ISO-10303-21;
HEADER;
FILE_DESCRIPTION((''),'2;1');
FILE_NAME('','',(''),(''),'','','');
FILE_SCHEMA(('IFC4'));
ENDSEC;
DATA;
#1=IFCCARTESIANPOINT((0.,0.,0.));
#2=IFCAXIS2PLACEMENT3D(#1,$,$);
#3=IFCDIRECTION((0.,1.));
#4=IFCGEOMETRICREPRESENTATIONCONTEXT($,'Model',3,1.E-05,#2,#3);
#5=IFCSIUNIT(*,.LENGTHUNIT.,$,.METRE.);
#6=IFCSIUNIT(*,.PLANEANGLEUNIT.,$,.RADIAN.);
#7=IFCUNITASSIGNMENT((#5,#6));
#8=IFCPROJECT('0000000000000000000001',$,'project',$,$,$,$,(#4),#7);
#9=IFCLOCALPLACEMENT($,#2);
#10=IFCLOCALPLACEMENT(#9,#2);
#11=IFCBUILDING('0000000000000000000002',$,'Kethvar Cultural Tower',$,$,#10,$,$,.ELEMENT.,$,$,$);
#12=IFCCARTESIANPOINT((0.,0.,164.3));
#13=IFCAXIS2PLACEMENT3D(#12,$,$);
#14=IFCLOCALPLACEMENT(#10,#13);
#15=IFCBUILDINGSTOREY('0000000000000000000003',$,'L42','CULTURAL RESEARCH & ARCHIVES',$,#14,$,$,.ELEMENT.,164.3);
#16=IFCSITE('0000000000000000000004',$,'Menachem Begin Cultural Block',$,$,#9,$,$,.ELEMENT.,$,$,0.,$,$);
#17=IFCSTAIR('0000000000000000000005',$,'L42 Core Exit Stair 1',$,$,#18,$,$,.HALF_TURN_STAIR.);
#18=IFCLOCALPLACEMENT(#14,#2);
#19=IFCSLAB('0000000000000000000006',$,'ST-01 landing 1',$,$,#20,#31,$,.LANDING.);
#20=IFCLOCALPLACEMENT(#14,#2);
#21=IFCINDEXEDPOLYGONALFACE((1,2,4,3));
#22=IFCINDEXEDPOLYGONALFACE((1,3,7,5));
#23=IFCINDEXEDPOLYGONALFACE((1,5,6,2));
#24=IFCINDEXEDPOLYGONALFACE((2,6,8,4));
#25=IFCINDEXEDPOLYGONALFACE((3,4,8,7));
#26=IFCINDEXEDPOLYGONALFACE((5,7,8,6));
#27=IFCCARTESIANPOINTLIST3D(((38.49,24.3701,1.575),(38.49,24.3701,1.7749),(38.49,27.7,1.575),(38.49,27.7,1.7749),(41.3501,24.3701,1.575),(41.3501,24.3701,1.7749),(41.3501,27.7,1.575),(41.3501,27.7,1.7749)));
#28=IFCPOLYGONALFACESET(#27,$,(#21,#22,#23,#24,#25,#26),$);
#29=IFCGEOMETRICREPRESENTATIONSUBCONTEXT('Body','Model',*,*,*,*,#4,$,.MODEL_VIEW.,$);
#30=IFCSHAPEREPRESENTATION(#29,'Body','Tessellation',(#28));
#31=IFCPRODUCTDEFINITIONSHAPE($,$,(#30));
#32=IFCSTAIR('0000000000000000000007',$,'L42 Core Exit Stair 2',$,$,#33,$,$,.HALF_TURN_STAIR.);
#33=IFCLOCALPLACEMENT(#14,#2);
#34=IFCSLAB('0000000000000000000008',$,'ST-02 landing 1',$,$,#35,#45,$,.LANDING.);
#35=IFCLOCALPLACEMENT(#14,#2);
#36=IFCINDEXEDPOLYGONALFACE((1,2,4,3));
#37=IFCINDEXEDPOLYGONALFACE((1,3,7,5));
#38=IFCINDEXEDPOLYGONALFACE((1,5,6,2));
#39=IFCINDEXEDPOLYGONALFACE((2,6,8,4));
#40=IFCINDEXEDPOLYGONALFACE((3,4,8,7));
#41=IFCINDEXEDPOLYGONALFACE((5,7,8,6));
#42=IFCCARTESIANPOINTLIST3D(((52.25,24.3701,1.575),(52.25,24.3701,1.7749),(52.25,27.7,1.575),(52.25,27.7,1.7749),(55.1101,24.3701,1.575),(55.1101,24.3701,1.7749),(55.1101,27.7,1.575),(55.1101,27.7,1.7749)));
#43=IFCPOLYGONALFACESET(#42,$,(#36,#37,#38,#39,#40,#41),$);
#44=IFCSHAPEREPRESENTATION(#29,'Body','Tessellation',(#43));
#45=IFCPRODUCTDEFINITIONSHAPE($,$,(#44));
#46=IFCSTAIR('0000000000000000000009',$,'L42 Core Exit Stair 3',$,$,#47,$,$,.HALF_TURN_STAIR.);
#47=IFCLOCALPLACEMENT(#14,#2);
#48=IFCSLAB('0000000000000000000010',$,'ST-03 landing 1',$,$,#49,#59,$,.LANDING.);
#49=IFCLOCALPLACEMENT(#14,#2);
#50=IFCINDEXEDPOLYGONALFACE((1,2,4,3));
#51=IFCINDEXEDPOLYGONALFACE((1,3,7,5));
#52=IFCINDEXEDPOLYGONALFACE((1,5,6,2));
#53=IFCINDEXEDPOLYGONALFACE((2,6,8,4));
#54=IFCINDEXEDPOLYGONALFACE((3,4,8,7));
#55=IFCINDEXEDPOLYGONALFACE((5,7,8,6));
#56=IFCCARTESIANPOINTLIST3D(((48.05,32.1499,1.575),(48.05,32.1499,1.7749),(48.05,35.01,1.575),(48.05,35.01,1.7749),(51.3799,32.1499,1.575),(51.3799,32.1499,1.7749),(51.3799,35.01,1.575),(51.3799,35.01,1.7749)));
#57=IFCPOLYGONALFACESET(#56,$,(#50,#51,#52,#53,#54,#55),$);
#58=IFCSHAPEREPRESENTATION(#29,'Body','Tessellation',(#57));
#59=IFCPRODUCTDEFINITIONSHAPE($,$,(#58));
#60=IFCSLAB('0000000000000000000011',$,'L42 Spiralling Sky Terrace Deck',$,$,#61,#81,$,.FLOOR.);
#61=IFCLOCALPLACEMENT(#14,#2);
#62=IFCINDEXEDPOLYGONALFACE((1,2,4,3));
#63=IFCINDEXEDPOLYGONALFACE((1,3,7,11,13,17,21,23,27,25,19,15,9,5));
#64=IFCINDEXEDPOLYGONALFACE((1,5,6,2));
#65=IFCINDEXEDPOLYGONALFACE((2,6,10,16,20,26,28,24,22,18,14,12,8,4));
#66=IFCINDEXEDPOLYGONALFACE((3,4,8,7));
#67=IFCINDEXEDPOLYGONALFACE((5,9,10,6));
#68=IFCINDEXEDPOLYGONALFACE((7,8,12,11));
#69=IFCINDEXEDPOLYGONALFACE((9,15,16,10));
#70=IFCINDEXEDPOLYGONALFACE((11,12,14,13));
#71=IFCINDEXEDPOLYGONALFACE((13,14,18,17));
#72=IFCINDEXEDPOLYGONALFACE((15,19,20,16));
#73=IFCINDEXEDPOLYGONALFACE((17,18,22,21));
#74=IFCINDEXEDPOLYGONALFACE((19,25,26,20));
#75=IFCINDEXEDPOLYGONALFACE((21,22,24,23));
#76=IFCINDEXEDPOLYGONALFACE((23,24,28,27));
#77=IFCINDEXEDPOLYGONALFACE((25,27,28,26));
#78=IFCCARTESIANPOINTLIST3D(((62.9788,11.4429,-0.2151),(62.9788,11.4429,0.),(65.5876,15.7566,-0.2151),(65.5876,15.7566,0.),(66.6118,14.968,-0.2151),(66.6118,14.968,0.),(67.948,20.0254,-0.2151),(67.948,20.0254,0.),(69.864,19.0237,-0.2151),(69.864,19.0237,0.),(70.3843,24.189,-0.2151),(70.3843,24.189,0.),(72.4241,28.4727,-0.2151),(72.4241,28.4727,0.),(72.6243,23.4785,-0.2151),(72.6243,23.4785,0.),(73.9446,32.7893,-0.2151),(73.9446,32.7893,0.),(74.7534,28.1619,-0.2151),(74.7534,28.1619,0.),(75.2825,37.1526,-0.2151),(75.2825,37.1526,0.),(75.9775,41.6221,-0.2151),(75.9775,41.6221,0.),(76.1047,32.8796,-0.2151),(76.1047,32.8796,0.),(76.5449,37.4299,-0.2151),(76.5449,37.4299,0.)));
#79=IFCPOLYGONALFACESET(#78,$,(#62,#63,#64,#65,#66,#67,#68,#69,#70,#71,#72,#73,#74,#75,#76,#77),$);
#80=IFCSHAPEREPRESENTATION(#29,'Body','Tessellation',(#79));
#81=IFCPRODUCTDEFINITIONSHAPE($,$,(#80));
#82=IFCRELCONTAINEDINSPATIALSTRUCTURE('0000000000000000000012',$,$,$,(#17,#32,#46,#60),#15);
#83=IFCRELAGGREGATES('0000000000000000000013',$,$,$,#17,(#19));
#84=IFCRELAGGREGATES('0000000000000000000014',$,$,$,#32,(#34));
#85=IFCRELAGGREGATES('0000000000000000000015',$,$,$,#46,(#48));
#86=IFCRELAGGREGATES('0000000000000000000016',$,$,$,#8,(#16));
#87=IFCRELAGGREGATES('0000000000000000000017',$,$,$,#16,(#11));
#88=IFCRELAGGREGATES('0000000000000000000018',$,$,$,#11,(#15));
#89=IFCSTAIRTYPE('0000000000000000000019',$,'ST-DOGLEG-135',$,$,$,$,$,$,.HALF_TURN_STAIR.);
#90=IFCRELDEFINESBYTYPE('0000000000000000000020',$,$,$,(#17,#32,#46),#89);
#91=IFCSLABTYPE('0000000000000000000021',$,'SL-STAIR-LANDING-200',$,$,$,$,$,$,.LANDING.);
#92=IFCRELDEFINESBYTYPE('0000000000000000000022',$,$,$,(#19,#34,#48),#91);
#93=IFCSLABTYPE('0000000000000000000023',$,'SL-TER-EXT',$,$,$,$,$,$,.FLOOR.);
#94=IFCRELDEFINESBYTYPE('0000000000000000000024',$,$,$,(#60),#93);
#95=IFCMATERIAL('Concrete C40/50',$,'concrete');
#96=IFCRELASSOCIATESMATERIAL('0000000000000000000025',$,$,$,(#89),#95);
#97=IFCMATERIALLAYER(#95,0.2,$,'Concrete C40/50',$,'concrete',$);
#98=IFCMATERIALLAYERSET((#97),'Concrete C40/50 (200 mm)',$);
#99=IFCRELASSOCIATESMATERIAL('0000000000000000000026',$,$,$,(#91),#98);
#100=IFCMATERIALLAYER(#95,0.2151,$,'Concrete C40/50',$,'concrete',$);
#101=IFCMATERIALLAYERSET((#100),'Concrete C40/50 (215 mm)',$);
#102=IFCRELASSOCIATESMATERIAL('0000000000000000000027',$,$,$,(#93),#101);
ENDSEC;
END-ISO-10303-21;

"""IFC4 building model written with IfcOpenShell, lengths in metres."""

from ifc_helpers import new_model, si_unit, direction, frame, origin, place, context, subcontext, project, spatial, polyline, outline, extrude, material, layer, layer_set, type_object, element, aggregate, save


model = new_model("IFC4")

# Units and contexts
model_context = context("Model", 3, precision=1e-05, world=origin(), true_north=direction((0.0, 1.0)))
body_context = subcontext(model_context, "Body", "Model", "MODEL_VIEW")
ifc_project = project(units=[si_unit("LENGTHUNIT", "METRE"), si_unit("PLANEANGLEUNIT", "RADIAN")], contexts=[model_context])

# Site, building, storey
site_placement = place(None, origin())
site = spatial("IfcSite", under=ifc_project, at=site_placement, Name="Menachem Begin Cultural Block", CompositionType="ELEMENT", RefElevation=0.0)
building_placement = place(site_placement, origin())
building = spatial("IfcBuilding", under=site, at=building_placement, Name="Kethvar Cultural Tower", CompositionType="ELEMENT")
storey_placement = place(building_placement, frame((0.0, 0.0, 164.3)))
storey = spatial("IfcBuildingStorey", under=building, at=storey_placement, Name="L42", Description="CULTURAL RESEARCH & ARCHIVES", CompositionType="ELEMENT", Elevation=164.3)

# Stairs, slabs
ifc_material_1 = material(Name="Concrete C40/50", Category="concrete")
stair_type = type_object("IfcStairType", Name="ST-DOGLEG-135", PredefinedType="HALF_TURN_STAIR", material=ifc_material_1)
stair_1_placement = place(storey_placement, origin())
stair_1 = element("IfcStair", 1, at=stair_1_placement, inside=storey, type_object=stair_type, Name="L42 Core Exit Stair 1", PredefinedType="HALF_TURN_STAIR")
ifc_layer_1 = layer(ifc_material_1, 0.2, Name="Concrete C40/50", Category="concrete")
ifc_layer_set_1 = layer_set([ifc_layer_1], Name="Concrete C40/50 (200 mm)")
slab_type_1 = type_object("IfcSlabType", Name="SL-STAIR-LANDING-200", PredefinedType="LANDING", material=ifc_layer_set_1)
slab_1_placement = place(storey_placement, frame((0.0, 0.0, 1.575)))
slab_1 = element("IfcSlab", 2, at=slab_1_placement, type_object=slab_type_1, Name="ST-01 landing 1", PredefinedType="LANDING", context=body_context, shape_type="SweptSolid", body=[
    extrude(outline(polyline([(41.3501, 24.3701), (41.3501, 27.7), (38.49, 27.7), (38.49, 24.3701), (41.3501, 24.3701)])), origin(), (0.0, 0.0, 1.0), 0.2),
])
aggregate(stair_1, [slab_1])
stair_2_placement = place(storey_placement, origin())
stair_2 = element("IfcStair", 3, at=stair_2_placement, inside=storey, type_object=stair_type, Name="L42 Core Exit Stair 2", PredefinedType="HALF_TURN_STAIR")
slab_2_placement = place(storey_placement, frame((0.0, 0.0, 1.575)))
slab_2 = element("IfcSlab", 4, at=slab_2_placement, type_object=slab_type_1, Name="ST-02 landing 1", PredefinedType="LANDING", context=body_context, shape_type="SweptSolid", body=[
    extrude(outline(polyline([(55.1101, 24.3701), (55.1101, 27.7), (52.25, 27.7), (52.25, 24.3701), (55.1101, 24.3701)])), origin(), (0.0, 0.0, 1.0), 0.2),
])
aggregate(stair_2, [slab_2])
stair_3_placement = place(storey_placement, origin())
stair_3 = element("IfcStair", 5, at=stair_3_placement, inside=storey, type_object=stair_type, Name="L42 Core Exit Stair 3", PredefinedType="HALF_TURN_STAIR")
slab_3_placement = place(storey_placement, frame((0.0, 0.0, 1.575)))
slab_3 = element("IfcSlab", 6, at=slab_3_placement, type_object=slab_type_1, Name="ST-03 landing 1", PredefinedType="LANDING", context=body_context, shape_type="SweptSolid", body=[
    extrude(outline(polyline([(51.3799, 35.01), (48.05, 35.01), (48.05, 32.1499), (51.3799, 32.1499), (51.3799, 35.01)])), origin(), (0.0, 0.0, 1.0), 0.2),
])
aggregate(stair_3, [slab_3])

# Slab
ifc_layer_2 = layer(ifc_material_1, 0.2151, Name="Concrete C40/50", Category="concrete")
ifc_layer_set_2 = layer_set([ifc_layer_2], Name="Concrete C40/50 (215 mm)")
slab_type_2 = type_object("IfcSlabType", Name="SL-TER-EXT", PredefinedType="FLOOR", material=ifc_layer_set_2)
slab_4_placement = place(storey_placement, frame((0.0, 0.0, -0.2151)))
element("IfcSlab", 7, at=slab_4_placement, inside=storey, type_object=slab_type_2, Name="L42 Spiralling Sky Terrace Deck", PredefinedType="FLOOR", context=body_context, shape_type="SweptSolid", body=[
    extrude(outline(polyline([(62.9788, 11.4429), (66.6118, 14.968), (69.864, 19.0237), (72.6243, 23.4785), (74.7534, 28.1619), (76.1047, 32.8796), (76.5449, 37.4299), (75.9775, 41.6221), (75.2825, 37.1526), (73.9446, 32.7893), (72.4241, 28.4727), (70.3843, 24.189), (67.948, 20.0254), (65.5876, 15.7566), (62.9788, 11.4429)])), origin(), (0.0, 0.0, 1.0), 0.2151),
])

save(model, "model.ifc")
